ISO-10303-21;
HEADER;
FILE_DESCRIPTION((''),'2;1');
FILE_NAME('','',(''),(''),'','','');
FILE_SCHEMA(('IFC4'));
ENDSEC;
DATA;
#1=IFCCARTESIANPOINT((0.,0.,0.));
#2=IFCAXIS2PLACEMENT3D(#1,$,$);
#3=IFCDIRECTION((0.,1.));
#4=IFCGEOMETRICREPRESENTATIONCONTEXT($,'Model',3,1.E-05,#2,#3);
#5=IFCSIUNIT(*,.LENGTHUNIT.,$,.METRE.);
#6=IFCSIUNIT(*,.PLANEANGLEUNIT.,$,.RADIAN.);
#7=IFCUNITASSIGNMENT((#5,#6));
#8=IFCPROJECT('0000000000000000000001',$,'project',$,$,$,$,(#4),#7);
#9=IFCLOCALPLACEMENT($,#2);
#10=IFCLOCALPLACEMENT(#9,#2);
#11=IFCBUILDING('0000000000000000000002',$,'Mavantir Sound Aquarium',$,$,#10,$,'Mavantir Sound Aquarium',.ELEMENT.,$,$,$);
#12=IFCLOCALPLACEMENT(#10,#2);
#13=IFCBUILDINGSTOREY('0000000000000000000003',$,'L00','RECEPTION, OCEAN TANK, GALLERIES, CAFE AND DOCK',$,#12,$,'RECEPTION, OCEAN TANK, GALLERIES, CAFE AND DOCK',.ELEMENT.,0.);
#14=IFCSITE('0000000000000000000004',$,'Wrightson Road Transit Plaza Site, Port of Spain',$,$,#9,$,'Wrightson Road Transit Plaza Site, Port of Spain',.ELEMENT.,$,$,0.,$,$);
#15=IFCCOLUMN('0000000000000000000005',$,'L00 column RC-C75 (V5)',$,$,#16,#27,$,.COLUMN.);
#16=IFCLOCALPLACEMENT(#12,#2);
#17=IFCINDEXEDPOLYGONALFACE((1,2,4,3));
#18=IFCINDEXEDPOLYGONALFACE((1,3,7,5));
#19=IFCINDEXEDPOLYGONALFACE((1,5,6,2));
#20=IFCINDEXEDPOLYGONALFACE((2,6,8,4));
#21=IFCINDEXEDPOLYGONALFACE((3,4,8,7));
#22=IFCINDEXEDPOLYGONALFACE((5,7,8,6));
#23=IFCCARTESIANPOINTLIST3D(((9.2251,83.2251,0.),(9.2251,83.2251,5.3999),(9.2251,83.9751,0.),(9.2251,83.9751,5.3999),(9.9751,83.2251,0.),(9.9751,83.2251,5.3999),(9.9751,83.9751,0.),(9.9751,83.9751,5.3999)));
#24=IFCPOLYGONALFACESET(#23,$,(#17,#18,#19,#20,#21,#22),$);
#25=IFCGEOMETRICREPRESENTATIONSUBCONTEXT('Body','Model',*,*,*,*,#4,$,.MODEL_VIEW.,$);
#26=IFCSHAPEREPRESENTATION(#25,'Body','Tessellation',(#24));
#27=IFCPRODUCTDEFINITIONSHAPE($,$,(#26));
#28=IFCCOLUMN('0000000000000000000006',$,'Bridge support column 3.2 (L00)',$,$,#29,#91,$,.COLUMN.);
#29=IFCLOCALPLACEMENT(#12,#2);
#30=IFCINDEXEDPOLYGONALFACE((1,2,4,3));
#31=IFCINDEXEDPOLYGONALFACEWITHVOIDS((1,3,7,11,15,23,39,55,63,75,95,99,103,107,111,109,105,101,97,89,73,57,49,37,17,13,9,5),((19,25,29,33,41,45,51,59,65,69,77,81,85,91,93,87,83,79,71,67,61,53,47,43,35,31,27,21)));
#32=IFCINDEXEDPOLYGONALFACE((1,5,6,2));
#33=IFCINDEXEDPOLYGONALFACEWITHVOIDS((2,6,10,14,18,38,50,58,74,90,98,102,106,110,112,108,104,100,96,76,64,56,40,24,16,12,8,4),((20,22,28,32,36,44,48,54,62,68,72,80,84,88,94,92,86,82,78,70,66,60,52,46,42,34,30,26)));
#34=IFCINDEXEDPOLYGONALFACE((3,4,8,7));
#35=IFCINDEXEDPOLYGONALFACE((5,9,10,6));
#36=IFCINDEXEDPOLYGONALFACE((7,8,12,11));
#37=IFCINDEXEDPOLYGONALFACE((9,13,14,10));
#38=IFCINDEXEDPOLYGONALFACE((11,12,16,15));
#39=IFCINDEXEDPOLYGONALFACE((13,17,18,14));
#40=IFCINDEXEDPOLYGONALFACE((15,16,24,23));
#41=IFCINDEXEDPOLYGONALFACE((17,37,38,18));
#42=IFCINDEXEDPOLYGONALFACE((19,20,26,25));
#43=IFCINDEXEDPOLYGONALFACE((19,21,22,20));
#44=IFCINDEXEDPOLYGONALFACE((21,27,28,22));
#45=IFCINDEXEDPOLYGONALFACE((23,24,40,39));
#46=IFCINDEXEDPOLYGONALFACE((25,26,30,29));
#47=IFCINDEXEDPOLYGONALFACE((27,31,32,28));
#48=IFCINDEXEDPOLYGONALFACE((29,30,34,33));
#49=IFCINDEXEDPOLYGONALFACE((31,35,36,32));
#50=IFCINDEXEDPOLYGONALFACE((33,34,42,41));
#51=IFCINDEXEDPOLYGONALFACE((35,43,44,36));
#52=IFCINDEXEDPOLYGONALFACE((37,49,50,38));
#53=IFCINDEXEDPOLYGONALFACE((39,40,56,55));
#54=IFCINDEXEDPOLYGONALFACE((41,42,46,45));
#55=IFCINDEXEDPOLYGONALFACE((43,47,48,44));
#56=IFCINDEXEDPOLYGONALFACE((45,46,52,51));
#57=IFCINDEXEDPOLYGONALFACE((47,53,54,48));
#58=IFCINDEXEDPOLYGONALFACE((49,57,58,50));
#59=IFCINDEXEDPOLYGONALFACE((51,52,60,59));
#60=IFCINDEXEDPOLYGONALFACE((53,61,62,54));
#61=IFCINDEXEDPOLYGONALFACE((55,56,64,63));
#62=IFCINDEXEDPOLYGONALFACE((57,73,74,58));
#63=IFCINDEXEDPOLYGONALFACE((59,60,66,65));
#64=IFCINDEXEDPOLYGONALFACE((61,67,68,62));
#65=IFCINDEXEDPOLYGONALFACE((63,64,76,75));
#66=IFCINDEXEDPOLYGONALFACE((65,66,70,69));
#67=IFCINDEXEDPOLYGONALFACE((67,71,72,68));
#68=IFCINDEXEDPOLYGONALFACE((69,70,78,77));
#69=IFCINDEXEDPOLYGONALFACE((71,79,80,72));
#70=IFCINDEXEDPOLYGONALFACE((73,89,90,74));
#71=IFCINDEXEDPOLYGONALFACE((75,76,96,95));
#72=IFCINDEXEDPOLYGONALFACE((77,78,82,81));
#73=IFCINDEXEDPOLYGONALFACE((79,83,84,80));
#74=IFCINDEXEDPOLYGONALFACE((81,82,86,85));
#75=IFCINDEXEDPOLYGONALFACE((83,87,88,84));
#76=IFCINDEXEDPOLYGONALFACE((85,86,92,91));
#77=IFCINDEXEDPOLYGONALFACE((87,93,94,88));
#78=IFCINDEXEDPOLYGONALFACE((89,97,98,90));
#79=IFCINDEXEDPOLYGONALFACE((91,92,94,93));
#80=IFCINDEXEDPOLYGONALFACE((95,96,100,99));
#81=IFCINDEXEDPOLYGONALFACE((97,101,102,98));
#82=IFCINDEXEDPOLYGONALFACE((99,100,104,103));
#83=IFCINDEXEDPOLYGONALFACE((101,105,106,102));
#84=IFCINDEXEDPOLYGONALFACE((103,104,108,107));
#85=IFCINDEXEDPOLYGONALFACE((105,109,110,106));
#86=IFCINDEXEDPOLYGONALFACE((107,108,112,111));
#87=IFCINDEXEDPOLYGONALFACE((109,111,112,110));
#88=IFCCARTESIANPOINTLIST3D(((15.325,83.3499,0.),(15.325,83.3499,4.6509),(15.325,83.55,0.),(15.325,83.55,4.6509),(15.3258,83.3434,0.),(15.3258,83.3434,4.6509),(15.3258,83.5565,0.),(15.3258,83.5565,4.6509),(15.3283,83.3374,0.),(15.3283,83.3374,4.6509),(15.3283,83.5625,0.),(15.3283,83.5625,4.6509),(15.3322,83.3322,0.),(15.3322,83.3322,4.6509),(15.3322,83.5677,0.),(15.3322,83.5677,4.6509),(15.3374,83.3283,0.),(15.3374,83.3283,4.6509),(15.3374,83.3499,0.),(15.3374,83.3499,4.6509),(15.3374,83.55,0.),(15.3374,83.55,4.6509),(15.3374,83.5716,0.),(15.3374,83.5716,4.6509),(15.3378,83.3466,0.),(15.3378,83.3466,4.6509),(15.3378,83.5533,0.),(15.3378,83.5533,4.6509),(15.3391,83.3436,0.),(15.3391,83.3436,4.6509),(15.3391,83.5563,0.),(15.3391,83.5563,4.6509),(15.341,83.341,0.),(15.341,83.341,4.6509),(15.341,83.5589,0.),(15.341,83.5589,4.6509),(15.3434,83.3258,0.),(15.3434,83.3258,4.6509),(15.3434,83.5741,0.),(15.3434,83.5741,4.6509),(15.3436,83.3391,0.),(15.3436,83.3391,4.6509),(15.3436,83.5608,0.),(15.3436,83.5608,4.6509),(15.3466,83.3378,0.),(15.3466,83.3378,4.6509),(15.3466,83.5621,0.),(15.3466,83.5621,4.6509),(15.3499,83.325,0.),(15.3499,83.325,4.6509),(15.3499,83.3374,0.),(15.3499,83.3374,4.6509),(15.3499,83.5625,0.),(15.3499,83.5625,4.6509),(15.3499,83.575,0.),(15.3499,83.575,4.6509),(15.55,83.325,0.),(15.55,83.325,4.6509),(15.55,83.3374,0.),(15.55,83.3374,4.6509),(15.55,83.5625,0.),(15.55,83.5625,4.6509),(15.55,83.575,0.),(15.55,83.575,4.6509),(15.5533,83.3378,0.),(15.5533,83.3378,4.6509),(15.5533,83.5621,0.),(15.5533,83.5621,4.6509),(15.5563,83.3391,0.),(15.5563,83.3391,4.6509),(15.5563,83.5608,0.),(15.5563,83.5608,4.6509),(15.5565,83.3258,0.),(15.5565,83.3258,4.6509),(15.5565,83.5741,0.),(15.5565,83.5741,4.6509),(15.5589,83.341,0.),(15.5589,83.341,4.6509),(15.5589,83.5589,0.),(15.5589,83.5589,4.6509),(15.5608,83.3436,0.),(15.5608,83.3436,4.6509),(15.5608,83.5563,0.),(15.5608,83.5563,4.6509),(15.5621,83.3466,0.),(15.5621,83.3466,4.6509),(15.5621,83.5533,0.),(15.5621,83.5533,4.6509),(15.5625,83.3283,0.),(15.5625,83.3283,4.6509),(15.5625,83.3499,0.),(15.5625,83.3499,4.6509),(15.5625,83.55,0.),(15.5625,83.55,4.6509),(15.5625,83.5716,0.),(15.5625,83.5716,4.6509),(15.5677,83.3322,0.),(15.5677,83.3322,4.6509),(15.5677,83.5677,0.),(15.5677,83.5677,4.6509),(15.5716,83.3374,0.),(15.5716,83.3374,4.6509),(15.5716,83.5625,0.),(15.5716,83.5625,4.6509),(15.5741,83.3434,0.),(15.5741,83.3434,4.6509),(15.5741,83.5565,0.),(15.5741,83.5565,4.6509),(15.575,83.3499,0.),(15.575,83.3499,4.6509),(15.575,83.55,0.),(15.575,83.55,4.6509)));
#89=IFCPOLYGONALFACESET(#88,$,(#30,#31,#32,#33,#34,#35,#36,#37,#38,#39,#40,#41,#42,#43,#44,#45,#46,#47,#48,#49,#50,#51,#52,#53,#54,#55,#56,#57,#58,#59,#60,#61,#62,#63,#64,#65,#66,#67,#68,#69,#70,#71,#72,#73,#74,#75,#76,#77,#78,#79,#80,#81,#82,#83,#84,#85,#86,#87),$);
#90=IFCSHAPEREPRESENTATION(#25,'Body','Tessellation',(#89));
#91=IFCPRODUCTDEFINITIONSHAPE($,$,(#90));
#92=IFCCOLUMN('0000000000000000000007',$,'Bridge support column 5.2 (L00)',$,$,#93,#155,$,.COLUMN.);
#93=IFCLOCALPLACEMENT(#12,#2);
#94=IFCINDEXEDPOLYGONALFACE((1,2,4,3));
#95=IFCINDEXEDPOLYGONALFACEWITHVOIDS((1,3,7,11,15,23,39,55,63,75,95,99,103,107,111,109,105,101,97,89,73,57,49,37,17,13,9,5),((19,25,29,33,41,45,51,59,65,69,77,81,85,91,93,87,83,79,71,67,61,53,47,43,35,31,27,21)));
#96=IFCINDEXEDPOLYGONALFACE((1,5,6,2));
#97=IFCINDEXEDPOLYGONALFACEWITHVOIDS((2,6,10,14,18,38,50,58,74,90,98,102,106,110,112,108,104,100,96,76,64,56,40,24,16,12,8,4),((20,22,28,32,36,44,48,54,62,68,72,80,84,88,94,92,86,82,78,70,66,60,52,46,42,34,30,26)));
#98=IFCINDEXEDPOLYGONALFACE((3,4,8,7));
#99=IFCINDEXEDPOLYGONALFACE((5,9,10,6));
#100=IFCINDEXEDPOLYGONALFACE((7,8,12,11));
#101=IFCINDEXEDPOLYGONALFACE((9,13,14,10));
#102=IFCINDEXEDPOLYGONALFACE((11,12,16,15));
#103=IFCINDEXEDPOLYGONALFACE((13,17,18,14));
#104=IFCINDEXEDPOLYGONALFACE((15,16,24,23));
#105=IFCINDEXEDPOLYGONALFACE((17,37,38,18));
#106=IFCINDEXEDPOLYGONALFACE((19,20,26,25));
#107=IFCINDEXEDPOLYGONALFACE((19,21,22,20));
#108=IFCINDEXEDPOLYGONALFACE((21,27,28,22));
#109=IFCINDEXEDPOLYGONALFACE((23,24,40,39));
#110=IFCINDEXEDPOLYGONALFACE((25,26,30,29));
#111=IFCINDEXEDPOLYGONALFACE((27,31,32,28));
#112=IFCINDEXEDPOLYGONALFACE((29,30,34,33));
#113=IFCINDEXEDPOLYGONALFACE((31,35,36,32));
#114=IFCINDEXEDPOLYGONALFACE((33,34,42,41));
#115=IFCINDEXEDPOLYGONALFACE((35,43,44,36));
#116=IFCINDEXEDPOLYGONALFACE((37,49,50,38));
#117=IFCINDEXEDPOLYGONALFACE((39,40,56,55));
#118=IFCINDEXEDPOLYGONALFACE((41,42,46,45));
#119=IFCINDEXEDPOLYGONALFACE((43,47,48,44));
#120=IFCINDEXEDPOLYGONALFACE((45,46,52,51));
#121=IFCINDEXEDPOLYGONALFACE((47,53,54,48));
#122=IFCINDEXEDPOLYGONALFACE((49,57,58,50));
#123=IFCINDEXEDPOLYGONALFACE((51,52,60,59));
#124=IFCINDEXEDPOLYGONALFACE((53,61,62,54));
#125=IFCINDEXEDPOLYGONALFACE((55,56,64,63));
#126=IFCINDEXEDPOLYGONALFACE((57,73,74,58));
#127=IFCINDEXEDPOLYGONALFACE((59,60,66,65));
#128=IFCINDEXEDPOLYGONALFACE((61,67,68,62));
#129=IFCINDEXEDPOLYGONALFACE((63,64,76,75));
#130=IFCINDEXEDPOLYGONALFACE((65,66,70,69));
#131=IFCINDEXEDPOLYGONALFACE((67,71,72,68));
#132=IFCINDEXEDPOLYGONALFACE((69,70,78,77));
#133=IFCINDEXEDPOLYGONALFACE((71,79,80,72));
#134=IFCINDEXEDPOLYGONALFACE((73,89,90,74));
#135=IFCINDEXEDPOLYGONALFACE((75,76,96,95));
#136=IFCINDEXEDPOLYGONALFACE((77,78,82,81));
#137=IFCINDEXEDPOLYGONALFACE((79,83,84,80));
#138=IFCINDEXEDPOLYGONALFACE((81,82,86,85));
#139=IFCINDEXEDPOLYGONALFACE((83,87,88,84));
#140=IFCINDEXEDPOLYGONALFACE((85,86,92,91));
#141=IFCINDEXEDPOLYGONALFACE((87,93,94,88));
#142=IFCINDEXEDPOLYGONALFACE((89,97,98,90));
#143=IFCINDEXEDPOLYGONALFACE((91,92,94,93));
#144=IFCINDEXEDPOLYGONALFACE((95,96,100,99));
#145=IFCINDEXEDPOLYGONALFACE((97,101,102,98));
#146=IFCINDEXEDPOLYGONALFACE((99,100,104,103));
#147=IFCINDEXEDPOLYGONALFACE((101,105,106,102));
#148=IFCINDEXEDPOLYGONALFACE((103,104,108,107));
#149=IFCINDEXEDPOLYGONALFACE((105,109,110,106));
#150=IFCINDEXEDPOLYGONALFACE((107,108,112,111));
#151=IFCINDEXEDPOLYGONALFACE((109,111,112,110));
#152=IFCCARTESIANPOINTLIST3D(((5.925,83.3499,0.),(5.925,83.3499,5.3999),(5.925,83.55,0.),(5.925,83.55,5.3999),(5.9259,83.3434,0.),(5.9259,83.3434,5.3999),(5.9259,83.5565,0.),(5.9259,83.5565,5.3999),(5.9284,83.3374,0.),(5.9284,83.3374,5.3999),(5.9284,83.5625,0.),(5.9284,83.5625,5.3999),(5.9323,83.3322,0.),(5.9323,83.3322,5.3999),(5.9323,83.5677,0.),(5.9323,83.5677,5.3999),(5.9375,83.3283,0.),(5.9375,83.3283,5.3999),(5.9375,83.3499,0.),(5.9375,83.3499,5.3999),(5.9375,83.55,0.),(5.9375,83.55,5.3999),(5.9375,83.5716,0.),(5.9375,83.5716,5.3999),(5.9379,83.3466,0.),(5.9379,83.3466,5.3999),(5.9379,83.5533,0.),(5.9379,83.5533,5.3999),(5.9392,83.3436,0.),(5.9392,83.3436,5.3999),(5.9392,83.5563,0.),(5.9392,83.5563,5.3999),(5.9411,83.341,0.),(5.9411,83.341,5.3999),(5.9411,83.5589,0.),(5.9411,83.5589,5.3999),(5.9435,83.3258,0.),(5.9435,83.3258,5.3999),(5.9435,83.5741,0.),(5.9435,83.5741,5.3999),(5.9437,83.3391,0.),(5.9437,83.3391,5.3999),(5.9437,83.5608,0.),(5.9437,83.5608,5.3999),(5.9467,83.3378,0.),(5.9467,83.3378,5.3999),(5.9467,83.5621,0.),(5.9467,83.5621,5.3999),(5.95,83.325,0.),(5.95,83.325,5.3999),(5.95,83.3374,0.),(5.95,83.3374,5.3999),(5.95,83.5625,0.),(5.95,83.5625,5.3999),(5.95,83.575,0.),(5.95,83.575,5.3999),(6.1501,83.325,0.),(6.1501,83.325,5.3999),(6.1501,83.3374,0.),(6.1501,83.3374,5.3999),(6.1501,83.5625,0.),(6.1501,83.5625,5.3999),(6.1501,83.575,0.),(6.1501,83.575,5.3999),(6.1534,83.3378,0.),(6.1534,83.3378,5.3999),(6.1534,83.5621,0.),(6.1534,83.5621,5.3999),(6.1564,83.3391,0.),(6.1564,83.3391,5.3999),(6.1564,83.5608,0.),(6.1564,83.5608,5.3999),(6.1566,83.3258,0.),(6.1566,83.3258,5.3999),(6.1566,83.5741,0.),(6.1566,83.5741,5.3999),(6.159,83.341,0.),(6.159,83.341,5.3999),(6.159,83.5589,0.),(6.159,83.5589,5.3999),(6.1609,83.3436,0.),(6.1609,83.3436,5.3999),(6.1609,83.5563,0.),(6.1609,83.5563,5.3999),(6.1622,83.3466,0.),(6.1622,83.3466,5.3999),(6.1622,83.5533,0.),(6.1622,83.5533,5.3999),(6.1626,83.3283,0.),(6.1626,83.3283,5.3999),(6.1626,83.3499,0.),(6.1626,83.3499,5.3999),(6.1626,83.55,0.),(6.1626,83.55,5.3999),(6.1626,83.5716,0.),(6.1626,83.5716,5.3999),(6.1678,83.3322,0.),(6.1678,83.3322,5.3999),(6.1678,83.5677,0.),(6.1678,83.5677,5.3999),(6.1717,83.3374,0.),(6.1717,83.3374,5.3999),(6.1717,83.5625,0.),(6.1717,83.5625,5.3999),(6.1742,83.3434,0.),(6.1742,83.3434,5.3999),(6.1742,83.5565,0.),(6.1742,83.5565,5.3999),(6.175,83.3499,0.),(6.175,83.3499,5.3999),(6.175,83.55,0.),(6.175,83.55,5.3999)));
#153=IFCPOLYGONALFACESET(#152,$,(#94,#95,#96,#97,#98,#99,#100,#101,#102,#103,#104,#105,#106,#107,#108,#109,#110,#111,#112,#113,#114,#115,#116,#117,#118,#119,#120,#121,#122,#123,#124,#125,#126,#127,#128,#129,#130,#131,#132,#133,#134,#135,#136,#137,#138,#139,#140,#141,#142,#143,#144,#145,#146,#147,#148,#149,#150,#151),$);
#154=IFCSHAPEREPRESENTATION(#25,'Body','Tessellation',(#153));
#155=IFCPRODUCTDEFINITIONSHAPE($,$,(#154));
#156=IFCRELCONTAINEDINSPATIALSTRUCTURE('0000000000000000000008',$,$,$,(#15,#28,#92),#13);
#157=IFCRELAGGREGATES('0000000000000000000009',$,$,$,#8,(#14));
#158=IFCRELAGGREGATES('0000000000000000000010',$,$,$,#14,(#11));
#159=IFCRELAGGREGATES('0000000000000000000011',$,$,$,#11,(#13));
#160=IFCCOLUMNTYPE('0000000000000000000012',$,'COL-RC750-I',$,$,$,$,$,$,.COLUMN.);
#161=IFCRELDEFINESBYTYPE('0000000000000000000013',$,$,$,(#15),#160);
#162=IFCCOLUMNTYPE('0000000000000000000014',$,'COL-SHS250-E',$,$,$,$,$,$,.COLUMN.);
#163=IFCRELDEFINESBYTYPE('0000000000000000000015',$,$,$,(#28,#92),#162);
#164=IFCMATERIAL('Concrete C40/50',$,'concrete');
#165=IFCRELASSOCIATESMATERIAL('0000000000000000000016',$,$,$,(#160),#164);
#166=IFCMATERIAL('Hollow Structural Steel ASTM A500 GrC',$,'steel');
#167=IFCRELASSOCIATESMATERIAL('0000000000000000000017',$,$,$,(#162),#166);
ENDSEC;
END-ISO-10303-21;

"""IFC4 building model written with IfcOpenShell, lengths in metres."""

from ifc_helpers import new_model, si_unit, direction, frame, origin, origin_2d, place, context, subcontext, project, spatial, rectangle, hollow_rectangle, extrude, material, material_profile, profile_set, type_object, element, save


model = new_model("IFC4")

# Units and contexts
model_context = context("Model", 3, precision=1e-05, world=origin(), true_north=direction((0.0, 1.0)))
body_context = subcontext(model_context, "Body", "Model", "MODEL_VIEW")
ifc_project = project(units=[si_unit("LENGTHUNIT", "METRE"), si_unit("PLANEANGLEUNIT", "RADIAN")], contexts=[model_context])

# Site, building, storey
site_placement = place(None, origin())
site = spatial("IfcSite", under=ifc_project, at=site_placement, Name="Wrightson Road Transit Plaza Site, Port of Spain", LongName="Wrightson Road Transit Plaza Site, Port of Spain", CompositionType="ELEMENT", RefElevation=0.0)
building_placement = place(site_placement, origin())
building = spatial("IfcBuilding", under=site, at=building_placement, Name="Mavantir Sound Aquarium", LongName="Mavantir Sound Aquarium", CompositionType="ELEMENT")
storey_placement = place(building_placement, origin())
storey = spatial("IfcBuildingStorey", under=building, at=storey_placement, Name="L00", Description="RECEPTION, OCEAN TANK, GALLERIES, CAFE AND DOCK", LongName="RECEPTION, OCEAN TANK, GALLERIES, CAFE AND DOCK", CompositionType="ELEMENT", Elevation=0.0)

# Columns
ifc_material_1 = material(Name="Concrete C40/50", Category="concrete")
ifc_material_profile_1 = material_profile(ifc_material_1, rectangle(XDim=0.75, YDim=0.75, at=origin_2d()), Name="RC 750X750")
ifc_profile_set_1 = profile_set([ifc_material_profile_1], Name="Concrete C40/50")
column_type_1 = type_object("IfcColumnType", Name="COL-RC750-I", PredefinedType="COLUMN", material=ifc_profile_set_1)
column_1_placement = place(storey_placement, frame((9.6001, 83.6001, 0.0), z_axis=(0.0, 0.0, 1.0), x_axis=(1.0, 0.0, 0.0)))
element("IfcColumn", 1, at=column_1_placement, inside=storey, type_object=column_type_1, Name="L00 column RC-C75 (V5)", PredefinedType="COLUMN", context=body_context, shape_type="SweptSolid", body=[
    extrude(rectangle(XDim=0.75, YDim=0.75, at=origin_2d()), origin(), (0.0, 0.0, 1.0), 5.3999),
])
ifc_material_2 = material(Name="Hollow Structural Steel ASTM A500 GrC", Category="steel")
ifc_material_profile_2 = material_profile(ifc_material_2, hollow_rectangle(XDim=0.25, YDim=0.25, WallThickness=0.0125, InnerFilletRadius=0.0125, OuterFilletRadius=0.0249, at=origin_2d()), Name="SHS 250X250X12.5")
ifc_profile_set_2 = profile_set([ifc_material_profile_2], Name="Hollow Structural Steel ASTM A500 GrC")
column_type_2 = type_object("IfcColumnType", Name="COL-SHS250-E", PredefinedType="COLUMN", material=ifc_profile_set_2)
column_2_placement = place(storey_placement, frame((15.45, 83.45, 0.0), z_axis=(0.0, 0.0, 1.0), x_axis=(1.0, 0.0, 0.0)))
element("IfcColumn", 2, at=column_2_placement, inside=storey, type_object=column_type_2, Name="Bridge support column 3.2 (L00)", PredefinedType="COLUMN", context=body_context, shape_type="SweptSolid", body=[
    extrude(hollow_rectangle(XDim=0.25, YDim=0.25, WallThickness=0.0125, InnerFilletRadius=0.0125, OuterFilletRadius=0.0249, at=origin_2d()), origin(), (0.0, 0.0, 1.0), 4.6509),
])
for number, where, z_axis, x_axis, name in (
    (3, (6.05, 83.45, 0.0), (0.0, 0.0, 1.0), (1.0, 0.0, 0.0), "Bridge support column 5.2 (L00)"),
):
    element("IfcColumn", number, at=place(storey_placement, frame(where, z_axis=z_axis, x_axis=x_axis)), inside=storey, type_object=column_type_2, Name=name, PredefinedType="COLUMN", context=body_context, shape_type="SweptSolid", body=[
        extrude(hollow_rectangle(XDim=0.25, YDim=0.25, WallThickness=0.0125, InnerFilletRadius=0.0125, OuterFilletRadius=0.0249, at=origin_2d()), origin(), (0.0, 0.0, 1.0), 5.3999),
    ])

save(model, "model.ifc")
